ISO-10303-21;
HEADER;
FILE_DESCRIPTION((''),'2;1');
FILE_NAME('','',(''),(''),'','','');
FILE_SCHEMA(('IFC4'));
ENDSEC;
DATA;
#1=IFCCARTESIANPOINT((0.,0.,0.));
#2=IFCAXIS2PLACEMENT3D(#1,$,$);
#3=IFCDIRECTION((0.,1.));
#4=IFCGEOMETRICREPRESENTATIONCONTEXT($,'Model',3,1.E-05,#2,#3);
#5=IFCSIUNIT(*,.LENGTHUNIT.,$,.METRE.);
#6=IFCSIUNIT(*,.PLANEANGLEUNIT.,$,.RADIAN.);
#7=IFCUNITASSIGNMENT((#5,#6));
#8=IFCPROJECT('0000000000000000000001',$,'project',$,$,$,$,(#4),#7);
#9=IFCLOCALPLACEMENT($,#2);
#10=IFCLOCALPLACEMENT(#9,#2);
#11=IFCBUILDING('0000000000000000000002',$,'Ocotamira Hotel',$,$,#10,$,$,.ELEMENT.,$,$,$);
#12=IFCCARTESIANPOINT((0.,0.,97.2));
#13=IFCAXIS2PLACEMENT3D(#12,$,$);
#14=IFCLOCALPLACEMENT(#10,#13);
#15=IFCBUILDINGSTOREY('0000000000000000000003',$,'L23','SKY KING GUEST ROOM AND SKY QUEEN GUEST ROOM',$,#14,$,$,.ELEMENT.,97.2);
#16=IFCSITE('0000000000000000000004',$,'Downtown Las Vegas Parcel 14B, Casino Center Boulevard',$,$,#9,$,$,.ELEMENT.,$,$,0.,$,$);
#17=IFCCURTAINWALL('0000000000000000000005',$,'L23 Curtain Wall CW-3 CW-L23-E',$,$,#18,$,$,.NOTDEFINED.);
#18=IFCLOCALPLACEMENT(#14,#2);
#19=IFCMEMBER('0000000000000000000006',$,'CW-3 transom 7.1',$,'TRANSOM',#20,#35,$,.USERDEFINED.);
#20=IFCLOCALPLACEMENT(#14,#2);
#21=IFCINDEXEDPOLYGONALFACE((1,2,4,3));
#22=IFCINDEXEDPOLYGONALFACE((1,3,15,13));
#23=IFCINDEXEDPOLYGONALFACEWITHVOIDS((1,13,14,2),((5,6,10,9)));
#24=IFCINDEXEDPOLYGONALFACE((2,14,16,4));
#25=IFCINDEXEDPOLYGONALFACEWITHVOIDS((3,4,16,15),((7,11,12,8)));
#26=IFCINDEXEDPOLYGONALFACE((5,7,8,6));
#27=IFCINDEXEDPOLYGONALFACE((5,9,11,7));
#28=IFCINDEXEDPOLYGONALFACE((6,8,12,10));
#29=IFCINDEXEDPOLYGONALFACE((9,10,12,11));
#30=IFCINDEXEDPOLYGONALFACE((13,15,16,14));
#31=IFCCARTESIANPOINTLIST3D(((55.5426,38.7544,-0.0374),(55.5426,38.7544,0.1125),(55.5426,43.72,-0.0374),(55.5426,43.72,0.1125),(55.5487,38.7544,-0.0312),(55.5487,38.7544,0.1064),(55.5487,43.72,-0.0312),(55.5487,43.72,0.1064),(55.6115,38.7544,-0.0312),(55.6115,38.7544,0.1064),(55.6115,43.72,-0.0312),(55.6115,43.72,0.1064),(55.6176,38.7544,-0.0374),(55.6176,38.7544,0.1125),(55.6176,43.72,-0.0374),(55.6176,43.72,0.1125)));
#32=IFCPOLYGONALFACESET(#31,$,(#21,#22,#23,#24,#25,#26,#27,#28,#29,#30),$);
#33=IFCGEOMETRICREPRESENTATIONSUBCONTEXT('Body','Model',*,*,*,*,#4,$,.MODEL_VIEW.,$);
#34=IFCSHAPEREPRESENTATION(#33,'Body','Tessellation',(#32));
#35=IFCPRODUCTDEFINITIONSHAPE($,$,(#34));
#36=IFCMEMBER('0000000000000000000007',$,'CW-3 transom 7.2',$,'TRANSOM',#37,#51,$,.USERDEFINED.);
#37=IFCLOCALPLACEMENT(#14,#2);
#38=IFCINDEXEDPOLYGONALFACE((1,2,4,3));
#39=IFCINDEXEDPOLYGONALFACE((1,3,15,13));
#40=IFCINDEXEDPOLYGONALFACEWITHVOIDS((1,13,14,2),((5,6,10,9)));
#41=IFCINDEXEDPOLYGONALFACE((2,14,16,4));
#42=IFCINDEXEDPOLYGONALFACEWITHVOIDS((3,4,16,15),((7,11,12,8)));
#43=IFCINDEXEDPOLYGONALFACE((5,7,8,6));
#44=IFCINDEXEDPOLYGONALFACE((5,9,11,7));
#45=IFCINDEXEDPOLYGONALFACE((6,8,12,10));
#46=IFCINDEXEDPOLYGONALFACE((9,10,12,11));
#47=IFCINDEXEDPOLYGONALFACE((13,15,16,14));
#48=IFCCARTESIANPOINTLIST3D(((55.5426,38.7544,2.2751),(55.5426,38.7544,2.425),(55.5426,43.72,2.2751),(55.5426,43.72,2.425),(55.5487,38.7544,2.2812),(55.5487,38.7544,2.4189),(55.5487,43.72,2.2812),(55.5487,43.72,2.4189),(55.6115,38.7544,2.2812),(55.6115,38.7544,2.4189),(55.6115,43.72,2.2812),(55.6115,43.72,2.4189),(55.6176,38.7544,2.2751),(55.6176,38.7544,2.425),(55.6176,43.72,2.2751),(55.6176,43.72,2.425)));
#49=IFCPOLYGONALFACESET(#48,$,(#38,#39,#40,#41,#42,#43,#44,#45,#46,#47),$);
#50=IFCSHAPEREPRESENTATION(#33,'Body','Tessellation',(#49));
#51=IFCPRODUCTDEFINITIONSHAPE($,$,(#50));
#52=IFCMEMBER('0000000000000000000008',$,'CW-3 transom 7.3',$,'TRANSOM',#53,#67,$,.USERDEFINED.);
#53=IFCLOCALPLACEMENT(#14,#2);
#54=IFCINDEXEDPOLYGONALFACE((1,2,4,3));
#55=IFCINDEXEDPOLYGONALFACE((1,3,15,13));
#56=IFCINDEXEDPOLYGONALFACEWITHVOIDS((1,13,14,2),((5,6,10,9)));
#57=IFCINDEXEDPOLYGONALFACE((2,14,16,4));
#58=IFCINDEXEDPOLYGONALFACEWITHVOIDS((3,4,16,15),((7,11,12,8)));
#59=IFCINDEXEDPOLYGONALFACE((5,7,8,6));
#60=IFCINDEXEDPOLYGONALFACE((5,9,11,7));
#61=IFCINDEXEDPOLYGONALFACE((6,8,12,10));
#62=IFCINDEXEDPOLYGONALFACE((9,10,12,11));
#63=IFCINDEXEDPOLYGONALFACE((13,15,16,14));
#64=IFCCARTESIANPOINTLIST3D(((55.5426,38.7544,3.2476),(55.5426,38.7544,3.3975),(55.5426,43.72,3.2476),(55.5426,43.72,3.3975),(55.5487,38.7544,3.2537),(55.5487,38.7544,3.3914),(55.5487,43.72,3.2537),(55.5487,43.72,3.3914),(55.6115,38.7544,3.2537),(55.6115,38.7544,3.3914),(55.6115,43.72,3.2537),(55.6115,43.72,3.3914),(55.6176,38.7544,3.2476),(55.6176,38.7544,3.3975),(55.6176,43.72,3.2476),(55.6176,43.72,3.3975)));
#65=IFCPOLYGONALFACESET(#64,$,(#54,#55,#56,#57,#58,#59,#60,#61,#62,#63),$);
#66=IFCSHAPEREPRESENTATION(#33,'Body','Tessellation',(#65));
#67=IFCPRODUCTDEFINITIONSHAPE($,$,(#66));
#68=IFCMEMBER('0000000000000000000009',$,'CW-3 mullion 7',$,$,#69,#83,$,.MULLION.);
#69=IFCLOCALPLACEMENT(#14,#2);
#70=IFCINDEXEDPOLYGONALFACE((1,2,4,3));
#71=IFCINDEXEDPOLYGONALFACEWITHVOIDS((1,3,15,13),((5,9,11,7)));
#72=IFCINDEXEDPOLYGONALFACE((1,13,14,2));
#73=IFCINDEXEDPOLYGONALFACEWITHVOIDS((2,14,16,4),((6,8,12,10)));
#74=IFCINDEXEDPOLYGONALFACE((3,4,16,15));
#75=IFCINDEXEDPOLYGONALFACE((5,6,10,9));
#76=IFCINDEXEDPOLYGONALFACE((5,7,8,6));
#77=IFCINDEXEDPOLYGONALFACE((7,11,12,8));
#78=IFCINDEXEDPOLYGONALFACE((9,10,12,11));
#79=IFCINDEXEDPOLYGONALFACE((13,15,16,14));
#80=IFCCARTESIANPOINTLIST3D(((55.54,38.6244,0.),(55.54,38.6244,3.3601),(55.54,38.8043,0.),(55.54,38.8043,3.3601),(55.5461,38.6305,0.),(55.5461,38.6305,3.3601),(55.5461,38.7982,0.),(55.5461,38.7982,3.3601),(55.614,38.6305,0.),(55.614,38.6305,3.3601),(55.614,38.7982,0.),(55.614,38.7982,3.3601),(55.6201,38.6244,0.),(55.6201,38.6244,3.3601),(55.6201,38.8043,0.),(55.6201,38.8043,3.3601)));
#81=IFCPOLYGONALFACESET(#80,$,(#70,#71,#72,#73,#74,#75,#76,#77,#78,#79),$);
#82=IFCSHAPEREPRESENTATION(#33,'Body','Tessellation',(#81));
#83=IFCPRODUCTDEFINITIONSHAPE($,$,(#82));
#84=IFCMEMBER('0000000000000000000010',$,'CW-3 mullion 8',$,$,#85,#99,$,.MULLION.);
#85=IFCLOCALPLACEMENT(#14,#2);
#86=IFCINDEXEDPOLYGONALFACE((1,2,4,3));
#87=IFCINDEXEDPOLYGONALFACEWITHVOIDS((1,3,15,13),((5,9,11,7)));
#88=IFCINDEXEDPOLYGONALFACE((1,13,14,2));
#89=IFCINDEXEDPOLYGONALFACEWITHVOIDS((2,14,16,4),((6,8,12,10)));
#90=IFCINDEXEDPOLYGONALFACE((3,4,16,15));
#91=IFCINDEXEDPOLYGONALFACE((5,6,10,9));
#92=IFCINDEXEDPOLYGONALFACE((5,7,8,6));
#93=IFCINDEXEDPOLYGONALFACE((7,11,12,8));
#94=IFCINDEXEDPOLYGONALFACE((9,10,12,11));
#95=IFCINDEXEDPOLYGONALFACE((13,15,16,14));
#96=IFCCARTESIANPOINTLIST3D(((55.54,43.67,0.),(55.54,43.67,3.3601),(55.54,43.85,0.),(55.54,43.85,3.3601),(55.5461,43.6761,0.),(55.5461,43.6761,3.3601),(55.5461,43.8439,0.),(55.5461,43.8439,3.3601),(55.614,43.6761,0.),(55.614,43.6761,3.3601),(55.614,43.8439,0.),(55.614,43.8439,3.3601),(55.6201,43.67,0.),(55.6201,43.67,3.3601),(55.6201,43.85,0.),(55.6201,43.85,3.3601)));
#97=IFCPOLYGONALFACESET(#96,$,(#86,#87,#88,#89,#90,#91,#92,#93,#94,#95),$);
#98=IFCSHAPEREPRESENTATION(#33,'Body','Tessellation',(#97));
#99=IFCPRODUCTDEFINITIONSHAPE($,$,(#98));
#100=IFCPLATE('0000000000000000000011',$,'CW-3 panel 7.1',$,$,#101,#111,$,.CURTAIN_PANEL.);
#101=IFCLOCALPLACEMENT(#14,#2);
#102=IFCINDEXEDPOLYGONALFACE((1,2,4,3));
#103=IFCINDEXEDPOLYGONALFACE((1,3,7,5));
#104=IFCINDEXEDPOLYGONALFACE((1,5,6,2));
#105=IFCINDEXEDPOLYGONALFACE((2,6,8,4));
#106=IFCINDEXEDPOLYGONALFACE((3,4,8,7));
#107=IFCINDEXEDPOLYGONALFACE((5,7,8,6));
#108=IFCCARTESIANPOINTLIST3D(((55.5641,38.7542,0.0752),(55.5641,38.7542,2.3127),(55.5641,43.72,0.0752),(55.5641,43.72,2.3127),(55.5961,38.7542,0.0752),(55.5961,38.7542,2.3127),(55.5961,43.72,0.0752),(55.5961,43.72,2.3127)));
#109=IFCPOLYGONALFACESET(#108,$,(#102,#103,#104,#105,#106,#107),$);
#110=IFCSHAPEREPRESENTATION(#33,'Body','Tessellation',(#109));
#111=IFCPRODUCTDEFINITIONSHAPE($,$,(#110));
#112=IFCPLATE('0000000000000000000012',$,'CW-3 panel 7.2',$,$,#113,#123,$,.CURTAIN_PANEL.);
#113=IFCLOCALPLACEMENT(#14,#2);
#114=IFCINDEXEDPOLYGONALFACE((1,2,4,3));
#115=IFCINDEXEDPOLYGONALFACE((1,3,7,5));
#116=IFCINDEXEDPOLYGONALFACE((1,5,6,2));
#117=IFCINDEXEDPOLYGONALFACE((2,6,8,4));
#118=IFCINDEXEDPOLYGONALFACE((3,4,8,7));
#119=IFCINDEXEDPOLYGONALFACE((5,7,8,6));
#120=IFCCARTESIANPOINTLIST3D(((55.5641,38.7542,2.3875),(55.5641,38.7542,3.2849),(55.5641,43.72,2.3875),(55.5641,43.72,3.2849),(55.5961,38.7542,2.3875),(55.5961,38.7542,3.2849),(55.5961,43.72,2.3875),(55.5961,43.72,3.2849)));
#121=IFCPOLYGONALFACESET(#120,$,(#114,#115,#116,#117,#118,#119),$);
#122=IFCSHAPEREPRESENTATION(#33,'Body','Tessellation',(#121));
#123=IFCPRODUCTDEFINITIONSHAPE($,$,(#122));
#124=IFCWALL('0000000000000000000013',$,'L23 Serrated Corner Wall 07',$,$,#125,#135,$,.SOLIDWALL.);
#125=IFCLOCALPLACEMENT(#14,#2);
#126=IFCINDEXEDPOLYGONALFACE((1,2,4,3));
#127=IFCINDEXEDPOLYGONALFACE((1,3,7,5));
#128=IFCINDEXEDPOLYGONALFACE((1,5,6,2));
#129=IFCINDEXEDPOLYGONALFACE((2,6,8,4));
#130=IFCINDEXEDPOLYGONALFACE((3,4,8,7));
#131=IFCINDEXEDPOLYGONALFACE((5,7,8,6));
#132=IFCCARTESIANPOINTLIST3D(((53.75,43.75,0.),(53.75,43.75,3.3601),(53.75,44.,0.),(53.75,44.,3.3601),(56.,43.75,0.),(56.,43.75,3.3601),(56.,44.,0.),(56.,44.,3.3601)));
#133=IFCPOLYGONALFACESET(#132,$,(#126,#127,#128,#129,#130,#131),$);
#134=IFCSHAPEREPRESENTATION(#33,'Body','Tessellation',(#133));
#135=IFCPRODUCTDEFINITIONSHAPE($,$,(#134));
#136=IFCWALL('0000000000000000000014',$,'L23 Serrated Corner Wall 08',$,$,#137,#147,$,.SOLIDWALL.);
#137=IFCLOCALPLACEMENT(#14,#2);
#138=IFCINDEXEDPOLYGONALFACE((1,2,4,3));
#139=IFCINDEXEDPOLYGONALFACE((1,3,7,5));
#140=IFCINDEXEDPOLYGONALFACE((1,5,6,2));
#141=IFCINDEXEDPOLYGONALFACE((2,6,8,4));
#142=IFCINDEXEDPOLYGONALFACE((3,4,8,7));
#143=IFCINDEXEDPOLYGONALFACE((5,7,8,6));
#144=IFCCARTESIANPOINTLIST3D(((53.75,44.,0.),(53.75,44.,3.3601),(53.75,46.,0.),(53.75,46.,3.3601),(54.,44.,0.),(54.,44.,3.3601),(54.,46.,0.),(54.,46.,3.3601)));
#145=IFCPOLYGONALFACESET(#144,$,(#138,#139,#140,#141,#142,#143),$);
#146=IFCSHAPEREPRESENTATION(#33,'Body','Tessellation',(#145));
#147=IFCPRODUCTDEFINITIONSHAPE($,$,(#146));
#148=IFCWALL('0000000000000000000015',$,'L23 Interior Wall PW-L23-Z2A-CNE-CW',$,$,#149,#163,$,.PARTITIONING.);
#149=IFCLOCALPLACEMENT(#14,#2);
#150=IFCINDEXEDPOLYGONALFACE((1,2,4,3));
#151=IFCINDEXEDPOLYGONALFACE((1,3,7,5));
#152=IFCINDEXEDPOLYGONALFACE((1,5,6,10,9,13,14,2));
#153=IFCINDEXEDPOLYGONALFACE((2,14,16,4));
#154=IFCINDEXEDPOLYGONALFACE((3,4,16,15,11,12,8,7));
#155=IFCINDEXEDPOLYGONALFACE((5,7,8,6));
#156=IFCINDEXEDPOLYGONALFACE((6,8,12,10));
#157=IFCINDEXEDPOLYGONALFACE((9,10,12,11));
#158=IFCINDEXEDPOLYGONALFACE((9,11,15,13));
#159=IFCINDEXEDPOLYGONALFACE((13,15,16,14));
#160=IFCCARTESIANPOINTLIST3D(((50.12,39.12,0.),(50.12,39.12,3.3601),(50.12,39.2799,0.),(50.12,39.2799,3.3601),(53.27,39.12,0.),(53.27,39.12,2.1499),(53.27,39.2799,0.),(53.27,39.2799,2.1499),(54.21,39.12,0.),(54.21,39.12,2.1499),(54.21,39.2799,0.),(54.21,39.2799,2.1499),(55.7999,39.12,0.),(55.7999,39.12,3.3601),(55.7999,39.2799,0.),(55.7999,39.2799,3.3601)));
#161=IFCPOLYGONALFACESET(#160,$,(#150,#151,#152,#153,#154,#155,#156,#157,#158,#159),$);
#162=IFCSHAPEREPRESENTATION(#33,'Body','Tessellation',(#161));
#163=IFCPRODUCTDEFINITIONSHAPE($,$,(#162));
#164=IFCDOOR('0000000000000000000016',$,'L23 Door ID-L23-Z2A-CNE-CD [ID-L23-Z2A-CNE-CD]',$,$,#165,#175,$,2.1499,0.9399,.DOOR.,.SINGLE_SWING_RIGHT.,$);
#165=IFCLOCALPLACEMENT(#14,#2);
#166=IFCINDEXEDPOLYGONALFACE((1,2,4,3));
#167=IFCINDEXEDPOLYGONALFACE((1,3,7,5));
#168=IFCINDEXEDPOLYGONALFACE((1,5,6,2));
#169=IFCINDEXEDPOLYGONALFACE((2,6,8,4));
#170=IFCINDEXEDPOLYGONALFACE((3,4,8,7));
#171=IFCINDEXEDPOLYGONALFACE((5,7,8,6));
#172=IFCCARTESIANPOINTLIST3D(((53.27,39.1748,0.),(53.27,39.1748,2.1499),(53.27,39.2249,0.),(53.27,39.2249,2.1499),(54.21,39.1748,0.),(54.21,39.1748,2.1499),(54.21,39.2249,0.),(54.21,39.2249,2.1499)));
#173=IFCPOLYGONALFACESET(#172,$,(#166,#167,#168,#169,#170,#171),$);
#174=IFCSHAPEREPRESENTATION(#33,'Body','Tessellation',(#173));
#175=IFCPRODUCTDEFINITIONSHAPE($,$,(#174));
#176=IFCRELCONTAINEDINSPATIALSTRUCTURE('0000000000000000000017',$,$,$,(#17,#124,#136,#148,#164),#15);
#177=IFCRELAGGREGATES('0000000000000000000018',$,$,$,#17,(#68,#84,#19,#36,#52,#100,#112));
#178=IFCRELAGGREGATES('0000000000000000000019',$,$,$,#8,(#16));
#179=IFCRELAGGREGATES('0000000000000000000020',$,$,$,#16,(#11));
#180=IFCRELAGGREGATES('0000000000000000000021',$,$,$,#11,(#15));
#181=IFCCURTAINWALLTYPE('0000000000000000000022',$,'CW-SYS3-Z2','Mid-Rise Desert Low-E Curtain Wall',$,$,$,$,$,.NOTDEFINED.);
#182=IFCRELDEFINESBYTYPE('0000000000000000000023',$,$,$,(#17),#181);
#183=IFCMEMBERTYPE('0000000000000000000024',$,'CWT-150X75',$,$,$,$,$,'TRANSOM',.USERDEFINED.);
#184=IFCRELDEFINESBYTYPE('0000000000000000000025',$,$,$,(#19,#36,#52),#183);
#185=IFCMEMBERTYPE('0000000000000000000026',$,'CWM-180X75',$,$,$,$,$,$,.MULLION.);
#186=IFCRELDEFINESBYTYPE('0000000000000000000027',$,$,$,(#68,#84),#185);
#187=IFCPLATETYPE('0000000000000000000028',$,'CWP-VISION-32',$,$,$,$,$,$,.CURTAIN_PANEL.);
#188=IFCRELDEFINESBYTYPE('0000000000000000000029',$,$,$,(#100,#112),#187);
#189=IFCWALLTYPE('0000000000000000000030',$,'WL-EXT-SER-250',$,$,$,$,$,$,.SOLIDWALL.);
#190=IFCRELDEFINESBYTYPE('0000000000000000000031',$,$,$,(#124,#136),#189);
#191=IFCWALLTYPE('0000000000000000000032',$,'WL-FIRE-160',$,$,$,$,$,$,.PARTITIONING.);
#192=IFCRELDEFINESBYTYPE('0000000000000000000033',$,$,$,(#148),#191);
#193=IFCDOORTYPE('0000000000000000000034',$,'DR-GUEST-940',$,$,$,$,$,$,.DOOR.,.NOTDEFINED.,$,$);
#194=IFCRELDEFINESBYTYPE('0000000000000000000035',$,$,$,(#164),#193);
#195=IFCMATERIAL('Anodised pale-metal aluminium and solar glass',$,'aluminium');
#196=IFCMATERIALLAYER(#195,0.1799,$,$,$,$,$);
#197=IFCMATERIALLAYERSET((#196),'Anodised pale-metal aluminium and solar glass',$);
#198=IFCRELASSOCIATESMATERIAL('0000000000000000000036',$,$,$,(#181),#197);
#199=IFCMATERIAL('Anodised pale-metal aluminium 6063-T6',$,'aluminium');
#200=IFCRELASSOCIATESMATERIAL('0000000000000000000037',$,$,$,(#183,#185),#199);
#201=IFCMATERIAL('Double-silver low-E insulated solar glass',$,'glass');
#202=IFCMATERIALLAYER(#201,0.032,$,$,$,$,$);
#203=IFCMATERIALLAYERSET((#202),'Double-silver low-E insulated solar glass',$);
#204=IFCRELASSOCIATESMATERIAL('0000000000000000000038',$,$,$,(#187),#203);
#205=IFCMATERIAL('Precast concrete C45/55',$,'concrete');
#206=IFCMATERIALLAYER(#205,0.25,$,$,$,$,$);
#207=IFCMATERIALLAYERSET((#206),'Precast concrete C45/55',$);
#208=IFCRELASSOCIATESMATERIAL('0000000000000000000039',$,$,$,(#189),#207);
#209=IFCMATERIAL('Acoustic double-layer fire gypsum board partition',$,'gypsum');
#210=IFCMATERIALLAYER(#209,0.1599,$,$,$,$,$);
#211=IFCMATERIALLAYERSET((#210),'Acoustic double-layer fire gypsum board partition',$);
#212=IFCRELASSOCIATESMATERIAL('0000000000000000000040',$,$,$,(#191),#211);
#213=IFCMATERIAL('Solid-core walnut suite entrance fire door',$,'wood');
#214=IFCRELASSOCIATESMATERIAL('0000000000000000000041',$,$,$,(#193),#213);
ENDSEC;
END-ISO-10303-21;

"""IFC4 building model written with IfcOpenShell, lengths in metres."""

from ifc_helpers import new_model, si_unit, direction, frame, frame_2d, origin, origin_2d, place, context, subcontext, project, spatial, rectangle, hollow_rectangle, extrude, source, transform, mapped, material, layer, layer_set, material_profile, profile_set, type_object, element, fill, aggregate, save


model = new_model("IFC4")

# Units and contexts
model_context = context("Model", 3, precision=1e-05, world=origin(), true_north=direction((0.0, 1.0)))
body_context = subcontext(model_context, "Body", "Model", "MODEL_VIEW")
ifc_project = project(units=[si_unit("LENGTHUNIT", "METRE"), si_unit("PLANEANGLEUNIT", "RADIAN")], contexts=[model_context])

# Site, building, storey
site_placement = place(None, origin())
site = spatial("IfcSite", under=ifc_project, at=site_placement, Name="Downtown Las Vegas Parcel 14B, Casino Center Boulevard", CompositionType="ELEMENT", RefElevation=0.0)
building_placement = place(site_placement, origin())
building = spatial("IfcBuilding", under=site, at=building_placement, Name="Ocotamira Hotel", CompositionType="ELEMENT")
storey_placement = place(building_placement, frame((0.0, 0.0, 97.2)))
storey = spatial("IfcBuildingStorey", under=building, at=storey_placement, Name="L23", Description="SKY KING GUEST ROOM AND SKY QUEEN GUEST ROOM", CompositionType="ELEMENT", Elevation=97.2)

# Curtain wall, members, plates
ifc_material_1 = material(Name="Anodised pale-metal aluminium and solar glass", Category="aluminium")
ifc_layer_1 = layer(ifc_material_1, 0.1799)
ifc_layer_set_1 = layer_set([ifc_layer_1], Name="Anodised pale-metal aluminium and solar glass")
curtain_wall_type = type_object("IfcCurtainWallType", Name="CW-SYS3-Z2", Description="Mid-Rise Desert Low-E Curtain Wall", PredefinedType="NOTDEFINED", material=ifc_layer_set_1)
curtain_wall_placement = place(storey_placement, origin())
curtain_wall = element("IfcCurtainWall", 1, at=curtain_wall_placement, inside=storey, type_object=curtain_wall_type, Name="L23 Curtain Wall CW-3 CW-L23-E", PredefinedType="NOTDEFINED")
ifc_material_2 = material(Name="Anodised pale-metal aluminium 6063-T6", Category="aluminium")
ifc_material_profile_1 = material_profile(ifc_material_2, hollow_rectangle(XDim=0.075, YDim=0.1499, WallThickness=0.0061, at=origin_2d()), Name="HSS150X75X6")
ifc_profile_set_1 = profile_set([ifc_material_profile_1], Name="Anodised pale-metal aluminium 6063-T6")
member_type_1 = type_object("IfcMemberType", Name="CWT-150X75", ElementType="TRANSOM", PredefinedType="USERDEFINED", material=ifc_profile_set_1)
shared_shape_1 = source(origin(), body_context, "Body", "SweptSolid", [
    extrude(hollow_rectangle(XDim=0.075, YDim=0.1499, WallThickness=0.0061, at=origin_2d()), origin(), (0.0, 0.0, 1.0), 4.9656),
])
member_1_placement = place(storey_placement, frame((55.5801, 38.7544, 0.0376), z_axis=(0.0, 1.0, 0.0), x_axis=(-1.0, 0.0, 0.0)))
member_1 = element("IfcMember", 2, at=member_1_placement, type_object=member_type_1, Name="CW-3 transom 7.1", ObjectType="TRANSOM", PredefinedType="USERDEFINED", context=body_context, shape_type="MappedRepresentation", body=[
    mapped(shared_shape_1, transform((0.0, 0.0, 0.0), scale=1.0)),
])
member_2_placement = place(storey_placement, frame((55.5801, 38.7544, 2.3501), z_axis=(0.0, 1.0, 0.0), x_axis=(-1.0, 0.0, 0.0)))
member_2 = element("IfcMember", 3, at=member_2_placement, type_object=member_type_1, Name="CW-3 transom 7.2", ObjectType="TRANSOM", PredefinedType="USERDEFINED", context=body_context, shape_type="MappedRepresentation", body=[
    mapped(shared_shape_1, transform((0.0, 0.0, 0.0), scale=1.0)),
])
member_3_placement = place(storey_placement, frame((55.5801, 38.7544, 3.3225), z_axis=(0.0, 1.0, 0.0), x_axis=(-1.0, 0.0, 0.0)))
member_3 = element("IfcMember", 4, at=member_3_placement, type_object=member_type_1, Name="CW-3 transom 7.3", ObjectType="TRANSOM", PredefinedType="USERDEFINED", context=body_context, shape_type="MappedRepresentation", body=[
    mapped(shared_shape_1, transform((0.0, 0.0, 0.0), scale=1.0)),
])
ifc_material_profile_2 = material_profile(ifc_material_2, hollow_rectangle(XDim=0.0801, YDim=0.1799, WallThickness=0.0061, at=origin_2d()), Name="HSS180X80X6")
ifc_profile_set_2 = profile_set([ifc_material_profile_2], Name="Anodised pale-metal aluminium 6063-T6")
member_type_2 = type_object("IfcMemberType", Name="CWM-180X75", PredefinedType="MULLION", material=ifc_profile_set_2)
shared_shape_2 = source(origin(), body_context, "Body", "SweptSolid", [
    extrude(hollow_rectangle(XDim=0.0801, YDim=0.1799, WallThickness=0.0061, at=origin_2d()), origin(), (0.0, 0.0, 1.0), 3.3601),
])
member_4_placement = place(storey_placement, frame((55.5801, 38.7144, 0.0), z_axis=(0.0, 0.0, 1.0), x_axis=(-1.0, 0.0, 0.0)))
member_4 = element("IfcMember", 5, at=member_4_placement, type_object=member_type_2, Name="CW-3 mullion 7", PredefinedType="MULLION", context=body_context, shape_type="MappedRepresentation", body=[
    mapped(shared_shape_2, transform((0.0, 0.0, 0.0), scale=1.0)),
])
member_5_placement = place(storey_placement, frame((55.5801, 43.76, 0.0), z_axis=(0.0, 0.0, 1.0), x_axis=(-1.0, 0.0, 0.0)))
member_5 = element("IfcMember", 6, at=member_5_placement, type_object=member_type_2, Name="CW-3 mullion 8", PredefinedType="MULLION", context=body_context, shape_type="MappedRepresentation", body=[
    mapped(shared_shape_2, transform((0.0, 0.0, 0.0), scale=1.0)),
])
ifc_material_3 = material(Name="Double-silver low-E insulated solar glass", Category="glass")
ifc_layer_2 = layer(ifc_material_3, 0.032)
ifc_layer_set_2 = layer_set([ifc_layer_2], Name="Double-silver low-E insulated solar glass")
plate_type = type_object("IfcPlateType", Name="CWP-VISION-32", PredefinedType="CURTAIN_PANEL", material=ifc_layer_set_2)
shared_shape_3 = source(origin(), body_context, "Body", "SweptSolid", [
    extrude(rectangle(XDim=4.9658, YDim=0.032, at=origin_2d()), origin(), (0.0, 0.0, 1.0), 2.2375),
])
plate_1_placement = place(storey_placement, frame((55.5801, 41.2371, 0.0752), z_axis=(0.0, 0.0, 1.0), x_axis=(0.0, 1.0, 0.0)))
plate_1 = element("IfcPlate", 7, at=plate_1_placement, type_object=plate_type, Name="CW-3 panel 7.1", PredefinedType="CURTAIN_PANEL", context=body_context, shape_type="MappedRepresentation", body=[
    mapped(shared_shape_3, transform((0.0, 0.0, 0.0), scale=1.0)),
])
shared_shape_4 = source(origin(), body_context, "Body", "SweptSolid", [
    extrude(rectangle(XDim=4.9658, YDim=0.032, at=origin_2d()), origin(), (0.0, 0.0, 1.0), 0.8975),
])
plate_2_placement = place(storey_placement, frame((55.5801, 41.2371, 2.3875), z_axis=(0.0, 0.0, 1.0), x_axis=(0.0, 1.0, 0.0)))
plate_2 = element("IfcPlate", 8, at=plate_2_placement, type_object=plate_type, Name="CW-3 panel 7.2", PredefinedType="CURTAIN_PANEL", context=body_context, shape_type="MappedRepresentation", body=[
    mapped(shared_shape_4, transform((0.0, 0.0, 0.0), scale=1.0)),
])
aggregate(curtain_wall, [member_4, member_5, member_1, member_2, member_3, plate_1, plate_2])

# Walls
ifc_material_4 = material(Name="Precast concrete C45/55", Category="concrete")
ifc_layer_3 = layer(ifc_material_4, 0.25)
ifc_layer_set_3 = layer_set([ifc_layer_3], Name="Precast concrete C45/55")
wall_type_1 = type_object("IfcWallType", Name="WL-EXT-SER-250", PredefinedType="SOLIDWALL", material=ifc_layer_set_3)
wall_1_placement = place(storey_placement, frame((56.0, 43.875, 0.0), z_axis=(0.0, 0.0, 1.0), x_axis=(-1.0, 0.0, 0.0)))
element("IfcWall", 9, at=wall_1_placement, inside=storey, type_object=wall_type_1, Name="L23 Serrated Corner Wall 07", PredefinedType="SOLIDWALL", context=body_context, shape_type="SweptSolid", body=[
    extrude(rectangle(XDim=2.25, YDim=0.25, at=frame_2d((1.125, 0.0))), origin(), (0.0, 0.0, 1.0), 3.3601),
])
wall_2_placement = place(storey_placement, frame((53.875, 44.0, 0.0), z_axis=(0.0, 0.0, 1.0), x_axis=(0.0, 1.0, 0.0)))
element("IfcWall", 10, at=wall_2_placement, inside=storey, type_object=wall_type_1, Name="L23 Serrated Corner Wall 08", PredefinedType="SOLIDWALL", context=body_context, shape_type="SweptSolid", body=[
    extrude(rectangle(XDim=2.0, YDim=0.25, at=frame_2d((1.0, 0.0))), origin(), (0.0, 0.0, 1.0), 3.3601),
])

# Wall, opening, door
ifc_material_5 = material(Name="Acoustic double-layer fire gypsum board partition", Category="gypsum")
ifc_layer_4 = layer(ifc_material_5, 0.1599)
ifc_layer_set_4 = layer_set([ifc_layer_4], Name="Acoustic double-layer fire gypsum board partition")
wall_type_2 = type_object("IfcWallType", Name="WL-FIRE-160", PredefinedType="PARTITIONING", material=ifc_layer_set_4)
wall_3_placement = place(storey_placement, frame((50.1201, 39.2, 0.0), z_axis=(0.0, 0.0, 1.0), x_axis=(1.0, 0.0, 0.0)))
wall_3 = element("IfcWall", 11, at=wall_3_placement, inside=storey, type_object=wall_type_2, Name="L23 Interior Wall PW-L23-Z2A-CNE-CW", PredefinedType="PARTITIONING", context=body_context, shape_type="SweptSolid", body=[
    extrude(rectangle(XDim=5.6799, YDim=0.1599, at=frame_2d((2.8398, 0.0))), origin(), (0.0, 0.0, 1.0), 3.3601),
])
opening_1_placement = place(wall_3_placement, frame((3.1499, 0.0, 0.0)))
opening_1 = element("IfcOpeningElement", 12, at=opening_1_placement, cuts=wall_3, PredefinedType="OPENING", context=body_context, shape_type="SweptSolid", body=[
    extrude(rectangle(XDim=0.9399, YDim=2.1499, at=frame_2d((0.47, 1.075))), frame((0.0, 0.0898, 0.0), z_axis=(0.0, -1.0, 0.0), x_axis=(1.0, 0.0, 0.0)), (0.0, 0.0, 1.0), 0.1799),
])
ifc_material_6 = material(Name="Solid-core walnut suite entrance fire door", Category="wood")
door_type_1 = type_object("IfcDoorType", Name="DR-GUEST-940", OperationType="NOTDEFINED", PredefinedType="DOOR", material=ifc_material_6)
shared_shape_5 = source(origin(), body_context, "Body", "SweptSolid", [
    extrude(rectangle(XDim=0.9399, YDim=2.1499, at=frame_2d((0.47, 1.075))), frame((0.0, 0.0249, 0.0), z_axis=(0.0, -1.0, 0.0), x_axis=(1.0, 0.0, 0.0)), (0.0, 0.0, 1.0), 0.05),
])
door_1_placement = place(opening_1_placement, origin())
door_1 = element("IfcDoor", 13, at=door_1_placement, inside=storey, type_object=door_type_1, Name="L23 Door ID-L23-Z2A-CNE-CD [ID-L23-Z2A-CNE-CD]", OperationType="SINGLE_SWING_RIGHT", OverallHeight=2.1499, OverallWidth=0.9399, PredefinedType="DOOR", context=body_context, shape_type="MappedRepresentation", body=[
    mapped(shared_shape_5, transform((0.0, 0.0, 0.0), scale=1.0)),
])
fill(opening_1, door_1)

save(model, "model.ifc")
